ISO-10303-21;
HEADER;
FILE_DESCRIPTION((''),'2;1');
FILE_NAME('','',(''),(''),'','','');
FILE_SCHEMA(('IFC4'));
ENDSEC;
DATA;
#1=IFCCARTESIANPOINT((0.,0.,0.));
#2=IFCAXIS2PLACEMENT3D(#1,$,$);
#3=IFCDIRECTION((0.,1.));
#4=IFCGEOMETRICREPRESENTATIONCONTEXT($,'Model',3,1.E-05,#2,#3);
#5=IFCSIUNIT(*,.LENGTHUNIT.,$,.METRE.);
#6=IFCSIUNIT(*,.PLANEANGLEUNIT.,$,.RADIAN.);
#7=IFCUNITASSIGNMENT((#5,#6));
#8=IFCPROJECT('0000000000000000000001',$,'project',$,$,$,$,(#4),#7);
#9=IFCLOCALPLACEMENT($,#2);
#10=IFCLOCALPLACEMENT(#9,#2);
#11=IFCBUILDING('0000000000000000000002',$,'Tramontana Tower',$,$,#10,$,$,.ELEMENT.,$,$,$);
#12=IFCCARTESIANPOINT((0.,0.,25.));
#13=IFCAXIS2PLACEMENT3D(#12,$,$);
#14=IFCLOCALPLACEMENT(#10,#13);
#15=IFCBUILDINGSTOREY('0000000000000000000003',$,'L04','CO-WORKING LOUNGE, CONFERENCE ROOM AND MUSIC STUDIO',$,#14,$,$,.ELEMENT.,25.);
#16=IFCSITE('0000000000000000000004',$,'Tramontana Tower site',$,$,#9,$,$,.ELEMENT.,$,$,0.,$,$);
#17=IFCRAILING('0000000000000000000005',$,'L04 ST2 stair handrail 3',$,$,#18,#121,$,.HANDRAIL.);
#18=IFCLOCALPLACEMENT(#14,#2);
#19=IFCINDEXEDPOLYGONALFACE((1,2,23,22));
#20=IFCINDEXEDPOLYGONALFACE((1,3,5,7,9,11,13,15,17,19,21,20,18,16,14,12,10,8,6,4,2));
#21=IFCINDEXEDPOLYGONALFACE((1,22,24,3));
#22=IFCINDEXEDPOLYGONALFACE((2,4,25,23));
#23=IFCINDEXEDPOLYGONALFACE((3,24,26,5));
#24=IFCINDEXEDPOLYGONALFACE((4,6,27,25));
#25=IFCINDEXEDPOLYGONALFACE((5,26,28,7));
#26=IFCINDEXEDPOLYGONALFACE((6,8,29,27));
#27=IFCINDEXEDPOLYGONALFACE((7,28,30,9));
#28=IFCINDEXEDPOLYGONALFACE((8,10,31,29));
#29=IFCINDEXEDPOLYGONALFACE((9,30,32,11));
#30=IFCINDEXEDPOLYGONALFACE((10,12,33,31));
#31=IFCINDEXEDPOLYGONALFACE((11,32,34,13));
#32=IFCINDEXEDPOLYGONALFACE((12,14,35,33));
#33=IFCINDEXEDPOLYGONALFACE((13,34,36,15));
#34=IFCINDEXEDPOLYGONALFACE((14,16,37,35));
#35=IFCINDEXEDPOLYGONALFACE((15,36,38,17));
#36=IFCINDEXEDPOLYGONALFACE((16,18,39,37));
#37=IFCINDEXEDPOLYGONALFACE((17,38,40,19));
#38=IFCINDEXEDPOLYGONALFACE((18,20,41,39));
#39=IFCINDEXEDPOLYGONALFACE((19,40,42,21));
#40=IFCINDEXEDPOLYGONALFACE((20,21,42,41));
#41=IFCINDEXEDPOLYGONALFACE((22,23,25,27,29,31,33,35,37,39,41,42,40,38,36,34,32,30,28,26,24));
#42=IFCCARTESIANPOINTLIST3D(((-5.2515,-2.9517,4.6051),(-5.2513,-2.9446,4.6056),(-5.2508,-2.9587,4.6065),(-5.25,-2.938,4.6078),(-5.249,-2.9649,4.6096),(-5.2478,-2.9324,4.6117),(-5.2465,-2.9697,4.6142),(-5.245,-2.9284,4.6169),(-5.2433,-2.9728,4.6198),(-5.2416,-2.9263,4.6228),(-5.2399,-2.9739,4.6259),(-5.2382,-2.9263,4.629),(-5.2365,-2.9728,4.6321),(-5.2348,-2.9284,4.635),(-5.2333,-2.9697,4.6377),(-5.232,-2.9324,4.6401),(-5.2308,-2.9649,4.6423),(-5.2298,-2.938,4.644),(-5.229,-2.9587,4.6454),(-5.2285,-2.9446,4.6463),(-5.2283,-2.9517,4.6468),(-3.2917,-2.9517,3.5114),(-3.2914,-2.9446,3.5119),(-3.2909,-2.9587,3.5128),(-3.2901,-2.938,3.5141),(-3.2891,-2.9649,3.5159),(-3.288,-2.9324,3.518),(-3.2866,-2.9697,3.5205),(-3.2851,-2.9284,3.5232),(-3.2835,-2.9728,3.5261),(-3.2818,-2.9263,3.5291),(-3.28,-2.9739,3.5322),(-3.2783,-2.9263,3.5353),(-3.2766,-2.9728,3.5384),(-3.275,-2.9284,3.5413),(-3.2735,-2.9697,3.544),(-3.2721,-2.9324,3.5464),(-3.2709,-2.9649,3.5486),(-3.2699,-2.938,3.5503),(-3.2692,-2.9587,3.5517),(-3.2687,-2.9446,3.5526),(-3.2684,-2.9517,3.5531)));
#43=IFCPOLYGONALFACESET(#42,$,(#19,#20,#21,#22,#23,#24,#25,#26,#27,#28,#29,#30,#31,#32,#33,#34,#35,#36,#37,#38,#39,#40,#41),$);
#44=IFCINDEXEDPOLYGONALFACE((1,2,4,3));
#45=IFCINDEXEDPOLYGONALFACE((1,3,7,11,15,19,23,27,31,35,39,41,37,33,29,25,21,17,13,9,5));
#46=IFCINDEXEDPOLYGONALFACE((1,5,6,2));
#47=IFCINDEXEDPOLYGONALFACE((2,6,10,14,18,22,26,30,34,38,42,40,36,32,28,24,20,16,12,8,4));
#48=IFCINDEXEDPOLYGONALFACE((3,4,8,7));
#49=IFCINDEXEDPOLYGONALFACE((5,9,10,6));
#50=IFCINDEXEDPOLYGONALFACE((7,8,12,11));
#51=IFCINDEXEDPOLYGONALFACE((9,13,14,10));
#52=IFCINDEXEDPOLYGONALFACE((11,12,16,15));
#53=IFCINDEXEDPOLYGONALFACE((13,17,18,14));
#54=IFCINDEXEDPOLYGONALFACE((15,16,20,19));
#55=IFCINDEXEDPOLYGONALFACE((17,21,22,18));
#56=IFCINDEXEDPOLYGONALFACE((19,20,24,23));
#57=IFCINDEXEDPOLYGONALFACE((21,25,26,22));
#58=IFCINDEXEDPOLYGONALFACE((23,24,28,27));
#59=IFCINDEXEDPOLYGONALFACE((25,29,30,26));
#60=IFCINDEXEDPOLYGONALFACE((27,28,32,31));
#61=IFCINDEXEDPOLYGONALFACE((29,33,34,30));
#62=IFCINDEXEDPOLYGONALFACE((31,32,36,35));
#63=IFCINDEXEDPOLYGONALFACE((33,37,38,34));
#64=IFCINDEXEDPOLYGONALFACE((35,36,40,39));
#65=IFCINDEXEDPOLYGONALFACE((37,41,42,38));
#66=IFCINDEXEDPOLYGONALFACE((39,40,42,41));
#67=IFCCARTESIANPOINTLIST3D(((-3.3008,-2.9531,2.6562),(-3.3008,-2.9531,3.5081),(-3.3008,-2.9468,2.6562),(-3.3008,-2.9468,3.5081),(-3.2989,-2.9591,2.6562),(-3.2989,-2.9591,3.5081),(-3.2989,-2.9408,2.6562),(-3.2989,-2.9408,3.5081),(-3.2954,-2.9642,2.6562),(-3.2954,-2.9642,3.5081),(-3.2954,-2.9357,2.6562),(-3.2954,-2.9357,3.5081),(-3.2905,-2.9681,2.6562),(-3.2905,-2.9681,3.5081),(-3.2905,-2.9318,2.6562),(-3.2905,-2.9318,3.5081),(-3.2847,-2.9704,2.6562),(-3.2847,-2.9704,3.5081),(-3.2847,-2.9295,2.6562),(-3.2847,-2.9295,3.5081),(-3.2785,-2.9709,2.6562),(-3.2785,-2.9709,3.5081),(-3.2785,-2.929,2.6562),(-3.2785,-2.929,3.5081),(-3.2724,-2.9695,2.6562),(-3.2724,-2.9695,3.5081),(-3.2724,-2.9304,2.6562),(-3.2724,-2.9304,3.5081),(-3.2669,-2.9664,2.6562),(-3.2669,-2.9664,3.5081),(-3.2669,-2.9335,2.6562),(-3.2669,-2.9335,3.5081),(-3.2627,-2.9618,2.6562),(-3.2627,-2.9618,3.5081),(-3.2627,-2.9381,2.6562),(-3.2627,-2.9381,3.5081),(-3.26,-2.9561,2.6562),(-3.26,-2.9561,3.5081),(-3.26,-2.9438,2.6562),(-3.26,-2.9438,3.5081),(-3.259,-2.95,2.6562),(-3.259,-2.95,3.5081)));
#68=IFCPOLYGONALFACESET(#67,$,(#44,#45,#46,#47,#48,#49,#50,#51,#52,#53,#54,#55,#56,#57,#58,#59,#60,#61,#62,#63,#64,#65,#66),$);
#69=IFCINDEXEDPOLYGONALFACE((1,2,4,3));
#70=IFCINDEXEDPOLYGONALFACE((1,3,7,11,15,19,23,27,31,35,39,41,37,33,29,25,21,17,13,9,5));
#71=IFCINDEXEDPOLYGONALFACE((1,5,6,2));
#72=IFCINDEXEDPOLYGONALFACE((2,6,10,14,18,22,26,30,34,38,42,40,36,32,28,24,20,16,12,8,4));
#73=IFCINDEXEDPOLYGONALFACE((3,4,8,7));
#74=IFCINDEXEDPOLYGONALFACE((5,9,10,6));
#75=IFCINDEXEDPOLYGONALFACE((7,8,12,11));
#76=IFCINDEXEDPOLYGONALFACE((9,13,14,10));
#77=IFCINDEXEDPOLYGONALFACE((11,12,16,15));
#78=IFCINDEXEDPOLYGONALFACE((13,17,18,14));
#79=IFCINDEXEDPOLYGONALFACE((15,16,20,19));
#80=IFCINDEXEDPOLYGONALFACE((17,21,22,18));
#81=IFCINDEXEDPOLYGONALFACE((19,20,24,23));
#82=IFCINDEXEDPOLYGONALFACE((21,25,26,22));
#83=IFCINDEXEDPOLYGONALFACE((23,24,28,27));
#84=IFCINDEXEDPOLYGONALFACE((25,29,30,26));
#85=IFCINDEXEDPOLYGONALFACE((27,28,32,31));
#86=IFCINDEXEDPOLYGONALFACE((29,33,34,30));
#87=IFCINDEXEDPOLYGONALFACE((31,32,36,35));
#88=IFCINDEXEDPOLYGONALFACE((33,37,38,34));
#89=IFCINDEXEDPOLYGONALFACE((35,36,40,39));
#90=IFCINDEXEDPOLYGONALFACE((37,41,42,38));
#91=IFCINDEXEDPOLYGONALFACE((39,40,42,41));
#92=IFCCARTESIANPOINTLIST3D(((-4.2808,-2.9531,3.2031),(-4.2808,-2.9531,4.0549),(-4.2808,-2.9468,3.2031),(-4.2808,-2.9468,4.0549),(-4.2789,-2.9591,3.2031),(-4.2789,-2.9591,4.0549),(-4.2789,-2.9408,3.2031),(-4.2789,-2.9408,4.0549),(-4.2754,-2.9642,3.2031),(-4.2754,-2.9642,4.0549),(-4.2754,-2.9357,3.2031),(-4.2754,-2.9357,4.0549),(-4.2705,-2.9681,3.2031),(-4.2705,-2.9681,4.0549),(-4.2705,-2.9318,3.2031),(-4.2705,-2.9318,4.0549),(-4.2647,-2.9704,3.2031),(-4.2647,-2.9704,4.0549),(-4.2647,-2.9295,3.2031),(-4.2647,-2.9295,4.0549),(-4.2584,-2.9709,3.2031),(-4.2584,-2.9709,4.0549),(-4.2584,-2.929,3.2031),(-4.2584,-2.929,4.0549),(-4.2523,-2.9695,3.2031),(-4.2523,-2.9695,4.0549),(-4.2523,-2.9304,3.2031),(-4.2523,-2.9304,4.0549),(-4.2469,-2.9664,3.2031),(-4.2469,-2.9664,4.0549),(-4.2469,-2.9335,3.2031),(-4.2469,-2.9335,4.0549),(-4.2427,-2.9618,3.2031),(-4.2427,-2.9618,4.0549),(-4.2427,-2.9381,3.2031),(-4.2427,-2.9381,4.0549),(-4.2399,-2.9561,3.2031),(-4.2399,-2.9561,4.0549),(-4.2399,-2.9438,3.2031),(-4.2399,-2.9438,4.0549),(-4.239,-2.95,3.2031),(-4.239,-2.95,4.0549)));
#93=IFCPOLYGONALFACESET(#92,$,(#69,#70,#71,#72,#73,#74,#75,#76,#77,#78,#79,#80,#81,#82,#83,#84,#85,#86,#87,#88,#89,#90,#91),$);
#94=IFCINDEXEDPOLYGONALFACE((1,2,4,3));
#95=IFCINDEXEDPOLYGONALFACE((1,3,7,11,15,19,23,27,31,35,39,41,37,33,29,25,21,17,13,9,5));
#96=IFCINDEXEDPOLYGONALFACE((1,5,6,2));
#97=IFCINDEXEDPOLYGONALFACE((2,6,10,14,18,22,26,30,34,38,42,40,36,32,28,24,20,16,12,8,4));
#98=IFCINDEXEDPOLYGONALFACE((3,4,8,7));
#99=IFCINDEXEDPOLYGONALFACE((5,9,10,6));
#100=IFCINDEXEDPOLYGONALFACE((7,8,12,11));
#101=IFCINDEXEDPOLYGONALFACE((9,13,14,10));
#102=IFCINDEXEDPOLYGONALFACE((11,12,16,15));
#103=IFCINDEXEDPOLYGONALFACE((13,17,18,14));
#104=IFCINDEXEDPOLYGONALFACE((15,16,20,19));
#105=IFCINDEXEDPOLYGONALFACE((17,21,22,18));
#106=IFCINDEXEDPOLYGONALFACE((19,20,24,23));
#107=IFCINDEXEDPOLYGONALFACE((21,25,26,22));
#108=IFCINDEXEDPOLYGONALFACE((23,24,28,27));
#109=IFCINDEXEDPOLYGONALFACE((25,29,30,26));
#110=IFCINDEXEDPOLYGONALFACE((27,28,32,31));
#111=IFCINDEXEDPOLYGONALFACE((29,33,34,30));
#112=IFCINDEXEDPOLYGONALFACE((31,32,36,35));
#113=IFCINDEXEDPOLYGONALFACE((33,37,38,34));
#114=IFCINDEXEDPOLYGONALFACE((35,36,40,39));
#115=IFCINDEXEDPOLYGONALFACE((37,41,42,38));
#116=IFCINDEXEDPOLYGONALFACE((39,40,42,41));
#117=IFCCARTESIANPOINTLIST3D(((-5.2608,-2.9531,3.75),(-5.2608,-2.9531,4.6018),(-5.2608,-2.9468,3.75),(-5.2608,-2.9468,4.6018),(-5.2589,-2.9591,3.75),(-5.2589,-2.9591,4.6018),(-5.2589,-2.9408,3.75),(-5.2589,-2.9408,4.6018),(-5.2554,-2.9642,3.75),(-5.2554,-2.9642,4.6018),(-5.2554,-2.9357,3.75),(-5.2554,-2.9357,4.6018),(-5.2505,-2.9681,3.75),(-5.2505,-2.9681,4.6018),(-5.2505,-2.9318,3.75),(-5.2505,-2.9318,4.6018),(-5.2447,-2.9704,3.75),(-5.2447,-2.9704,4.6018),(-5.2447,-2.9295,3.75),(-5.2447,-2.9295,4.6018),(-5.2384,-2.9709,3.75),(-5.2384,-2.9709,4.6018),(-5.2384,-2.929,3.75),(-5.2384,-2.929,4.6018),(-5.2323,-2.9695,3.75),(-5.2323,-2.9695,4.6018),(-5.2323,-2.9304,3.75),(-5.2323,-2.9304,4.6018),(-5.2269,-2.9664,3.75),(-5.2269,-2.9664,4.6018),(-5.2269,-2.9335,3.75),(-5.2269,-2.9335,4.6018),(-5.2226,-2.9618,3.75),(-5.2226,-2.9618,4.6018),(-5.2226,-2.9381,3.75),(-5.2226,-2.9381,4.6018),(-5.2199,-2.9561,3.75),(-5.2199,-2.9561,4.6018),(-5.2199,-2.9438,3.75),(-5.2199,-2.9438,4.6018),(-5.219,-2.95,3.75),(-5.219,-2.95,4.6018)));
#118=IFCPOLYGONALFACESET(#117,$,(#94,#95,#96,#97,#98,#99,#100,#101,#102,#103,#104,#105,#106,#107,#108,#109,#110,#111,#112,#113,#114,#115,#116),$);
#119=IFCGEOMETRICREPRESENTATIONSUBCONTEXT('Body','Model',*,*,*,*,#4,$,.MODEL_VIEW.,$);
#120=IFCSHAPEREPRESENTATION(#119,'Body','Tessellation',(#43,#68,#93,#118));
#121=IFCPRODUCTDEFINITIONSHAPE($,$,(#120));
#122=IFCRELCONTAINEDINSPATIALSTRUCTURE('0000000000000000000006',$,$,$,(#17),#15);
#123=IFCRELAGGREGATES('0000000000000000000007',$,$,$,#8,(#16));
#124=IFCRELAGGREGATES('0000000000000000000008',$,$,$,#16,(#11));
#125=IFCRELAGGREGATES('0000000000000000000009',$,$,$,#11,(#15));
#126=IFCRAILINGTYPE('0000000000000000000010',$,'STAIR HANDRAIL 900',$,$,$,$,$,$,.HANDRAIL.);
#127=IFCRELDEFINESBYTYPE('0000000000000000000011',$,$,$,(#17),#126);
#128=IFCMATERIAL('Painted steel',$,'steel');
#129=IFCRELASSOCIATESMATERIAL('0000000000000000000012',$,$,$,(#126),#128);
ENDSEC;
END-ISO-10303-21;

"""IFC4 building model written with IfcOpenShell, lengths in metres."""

from ifc_helpers import new_model, si_unit, direction, frame, origin, origin_2d, place, context, subcontext, project, spatial, circle, extrude, material, type_object, element, save


model = new_model("IFC4")

# Units and contexts
model_context = context("Model", 3, precision=1e-05, world=origin(), true_north=direction((0.0, 1.0)))
body_context = subcontext(model_context, "Body", "Model", "MODEL_VIEW")
ifc_project = project(units=[si_unit("LENGTHUNIT", "METRE"), si_unit("PLANEANGLEUNIT", "RADIAN")], contexts=[model_context])

# Site, building, storey
site_placement = place(None, origin())
site = spatial("IfcSite", under=ifc_project, at=site_placement, Name="Tramontana Tower site", CompositionType="ELEMENT", RefElevation=0.0)
building_placement = place(site_placement, origin())
building = spatial("IfcBuilding", under=site, at=building_placement, Name="Tramontana Tower", CompositionType="ELEMENT")
storey_placement = place(building_placement, frame((0.0, 0.0, 25.0)))
storey = spatial("IfcBuildingStorey", under=building, at=storey_placement, Name="L04", Description="CO-WORKING LOUNGE, CONFERENCE ROOM AND MUSIC STUDIO", CompositionType="ELEMENT", Elevation=25.0)

# Railing
ifc_material_1 = material(Name="Painted steel", Category="steel")
railing_type_1 = type_object("IfcRailingType", Name="STAIR HANDRAIL 900", PredefinedType="HANDRAIL", material=ifc_material_1)
railing_1_placement = place(storey_placement, frame((-3.28, -2.95, 2.6562)))
element("IfcRailing", 1, at=railing_1_placement, inside=storey, type_object=railing_type_1, Name="L04 ST2 stair handrail 3", PredefinedType="HANDRAIL", context=body_context, shape_type="SweptSolid", body=[
    extrude(circle(Radius=0.0239, at=origin_2d()), frame((0.0, 0.0, 0.876), z_axis=(-0.873232, 0.0, 0.487304), x_axis=(0.0, -1.0, 0.0)), (0.0, 0.0, 1.0), 2.2444),
    extrude(circle(Radius=0.021, at=origin_2d()), origin(), (0.0, 0.0, 1.0), 0.8518),
    extrude(circle(Radius=0.021, at=origin_2d()), frame((-0.98, 0.0, 0.5469)), (0.0, 0.0, 1.0), 0.8518),
    extrude(circle(Radius=0.021, at=origin_2d()), frame((-1.96, 0.0, 1.0938)), (0.0, 0.0, 1.0), 0.8518),
])

save(model, "model.ifc")
